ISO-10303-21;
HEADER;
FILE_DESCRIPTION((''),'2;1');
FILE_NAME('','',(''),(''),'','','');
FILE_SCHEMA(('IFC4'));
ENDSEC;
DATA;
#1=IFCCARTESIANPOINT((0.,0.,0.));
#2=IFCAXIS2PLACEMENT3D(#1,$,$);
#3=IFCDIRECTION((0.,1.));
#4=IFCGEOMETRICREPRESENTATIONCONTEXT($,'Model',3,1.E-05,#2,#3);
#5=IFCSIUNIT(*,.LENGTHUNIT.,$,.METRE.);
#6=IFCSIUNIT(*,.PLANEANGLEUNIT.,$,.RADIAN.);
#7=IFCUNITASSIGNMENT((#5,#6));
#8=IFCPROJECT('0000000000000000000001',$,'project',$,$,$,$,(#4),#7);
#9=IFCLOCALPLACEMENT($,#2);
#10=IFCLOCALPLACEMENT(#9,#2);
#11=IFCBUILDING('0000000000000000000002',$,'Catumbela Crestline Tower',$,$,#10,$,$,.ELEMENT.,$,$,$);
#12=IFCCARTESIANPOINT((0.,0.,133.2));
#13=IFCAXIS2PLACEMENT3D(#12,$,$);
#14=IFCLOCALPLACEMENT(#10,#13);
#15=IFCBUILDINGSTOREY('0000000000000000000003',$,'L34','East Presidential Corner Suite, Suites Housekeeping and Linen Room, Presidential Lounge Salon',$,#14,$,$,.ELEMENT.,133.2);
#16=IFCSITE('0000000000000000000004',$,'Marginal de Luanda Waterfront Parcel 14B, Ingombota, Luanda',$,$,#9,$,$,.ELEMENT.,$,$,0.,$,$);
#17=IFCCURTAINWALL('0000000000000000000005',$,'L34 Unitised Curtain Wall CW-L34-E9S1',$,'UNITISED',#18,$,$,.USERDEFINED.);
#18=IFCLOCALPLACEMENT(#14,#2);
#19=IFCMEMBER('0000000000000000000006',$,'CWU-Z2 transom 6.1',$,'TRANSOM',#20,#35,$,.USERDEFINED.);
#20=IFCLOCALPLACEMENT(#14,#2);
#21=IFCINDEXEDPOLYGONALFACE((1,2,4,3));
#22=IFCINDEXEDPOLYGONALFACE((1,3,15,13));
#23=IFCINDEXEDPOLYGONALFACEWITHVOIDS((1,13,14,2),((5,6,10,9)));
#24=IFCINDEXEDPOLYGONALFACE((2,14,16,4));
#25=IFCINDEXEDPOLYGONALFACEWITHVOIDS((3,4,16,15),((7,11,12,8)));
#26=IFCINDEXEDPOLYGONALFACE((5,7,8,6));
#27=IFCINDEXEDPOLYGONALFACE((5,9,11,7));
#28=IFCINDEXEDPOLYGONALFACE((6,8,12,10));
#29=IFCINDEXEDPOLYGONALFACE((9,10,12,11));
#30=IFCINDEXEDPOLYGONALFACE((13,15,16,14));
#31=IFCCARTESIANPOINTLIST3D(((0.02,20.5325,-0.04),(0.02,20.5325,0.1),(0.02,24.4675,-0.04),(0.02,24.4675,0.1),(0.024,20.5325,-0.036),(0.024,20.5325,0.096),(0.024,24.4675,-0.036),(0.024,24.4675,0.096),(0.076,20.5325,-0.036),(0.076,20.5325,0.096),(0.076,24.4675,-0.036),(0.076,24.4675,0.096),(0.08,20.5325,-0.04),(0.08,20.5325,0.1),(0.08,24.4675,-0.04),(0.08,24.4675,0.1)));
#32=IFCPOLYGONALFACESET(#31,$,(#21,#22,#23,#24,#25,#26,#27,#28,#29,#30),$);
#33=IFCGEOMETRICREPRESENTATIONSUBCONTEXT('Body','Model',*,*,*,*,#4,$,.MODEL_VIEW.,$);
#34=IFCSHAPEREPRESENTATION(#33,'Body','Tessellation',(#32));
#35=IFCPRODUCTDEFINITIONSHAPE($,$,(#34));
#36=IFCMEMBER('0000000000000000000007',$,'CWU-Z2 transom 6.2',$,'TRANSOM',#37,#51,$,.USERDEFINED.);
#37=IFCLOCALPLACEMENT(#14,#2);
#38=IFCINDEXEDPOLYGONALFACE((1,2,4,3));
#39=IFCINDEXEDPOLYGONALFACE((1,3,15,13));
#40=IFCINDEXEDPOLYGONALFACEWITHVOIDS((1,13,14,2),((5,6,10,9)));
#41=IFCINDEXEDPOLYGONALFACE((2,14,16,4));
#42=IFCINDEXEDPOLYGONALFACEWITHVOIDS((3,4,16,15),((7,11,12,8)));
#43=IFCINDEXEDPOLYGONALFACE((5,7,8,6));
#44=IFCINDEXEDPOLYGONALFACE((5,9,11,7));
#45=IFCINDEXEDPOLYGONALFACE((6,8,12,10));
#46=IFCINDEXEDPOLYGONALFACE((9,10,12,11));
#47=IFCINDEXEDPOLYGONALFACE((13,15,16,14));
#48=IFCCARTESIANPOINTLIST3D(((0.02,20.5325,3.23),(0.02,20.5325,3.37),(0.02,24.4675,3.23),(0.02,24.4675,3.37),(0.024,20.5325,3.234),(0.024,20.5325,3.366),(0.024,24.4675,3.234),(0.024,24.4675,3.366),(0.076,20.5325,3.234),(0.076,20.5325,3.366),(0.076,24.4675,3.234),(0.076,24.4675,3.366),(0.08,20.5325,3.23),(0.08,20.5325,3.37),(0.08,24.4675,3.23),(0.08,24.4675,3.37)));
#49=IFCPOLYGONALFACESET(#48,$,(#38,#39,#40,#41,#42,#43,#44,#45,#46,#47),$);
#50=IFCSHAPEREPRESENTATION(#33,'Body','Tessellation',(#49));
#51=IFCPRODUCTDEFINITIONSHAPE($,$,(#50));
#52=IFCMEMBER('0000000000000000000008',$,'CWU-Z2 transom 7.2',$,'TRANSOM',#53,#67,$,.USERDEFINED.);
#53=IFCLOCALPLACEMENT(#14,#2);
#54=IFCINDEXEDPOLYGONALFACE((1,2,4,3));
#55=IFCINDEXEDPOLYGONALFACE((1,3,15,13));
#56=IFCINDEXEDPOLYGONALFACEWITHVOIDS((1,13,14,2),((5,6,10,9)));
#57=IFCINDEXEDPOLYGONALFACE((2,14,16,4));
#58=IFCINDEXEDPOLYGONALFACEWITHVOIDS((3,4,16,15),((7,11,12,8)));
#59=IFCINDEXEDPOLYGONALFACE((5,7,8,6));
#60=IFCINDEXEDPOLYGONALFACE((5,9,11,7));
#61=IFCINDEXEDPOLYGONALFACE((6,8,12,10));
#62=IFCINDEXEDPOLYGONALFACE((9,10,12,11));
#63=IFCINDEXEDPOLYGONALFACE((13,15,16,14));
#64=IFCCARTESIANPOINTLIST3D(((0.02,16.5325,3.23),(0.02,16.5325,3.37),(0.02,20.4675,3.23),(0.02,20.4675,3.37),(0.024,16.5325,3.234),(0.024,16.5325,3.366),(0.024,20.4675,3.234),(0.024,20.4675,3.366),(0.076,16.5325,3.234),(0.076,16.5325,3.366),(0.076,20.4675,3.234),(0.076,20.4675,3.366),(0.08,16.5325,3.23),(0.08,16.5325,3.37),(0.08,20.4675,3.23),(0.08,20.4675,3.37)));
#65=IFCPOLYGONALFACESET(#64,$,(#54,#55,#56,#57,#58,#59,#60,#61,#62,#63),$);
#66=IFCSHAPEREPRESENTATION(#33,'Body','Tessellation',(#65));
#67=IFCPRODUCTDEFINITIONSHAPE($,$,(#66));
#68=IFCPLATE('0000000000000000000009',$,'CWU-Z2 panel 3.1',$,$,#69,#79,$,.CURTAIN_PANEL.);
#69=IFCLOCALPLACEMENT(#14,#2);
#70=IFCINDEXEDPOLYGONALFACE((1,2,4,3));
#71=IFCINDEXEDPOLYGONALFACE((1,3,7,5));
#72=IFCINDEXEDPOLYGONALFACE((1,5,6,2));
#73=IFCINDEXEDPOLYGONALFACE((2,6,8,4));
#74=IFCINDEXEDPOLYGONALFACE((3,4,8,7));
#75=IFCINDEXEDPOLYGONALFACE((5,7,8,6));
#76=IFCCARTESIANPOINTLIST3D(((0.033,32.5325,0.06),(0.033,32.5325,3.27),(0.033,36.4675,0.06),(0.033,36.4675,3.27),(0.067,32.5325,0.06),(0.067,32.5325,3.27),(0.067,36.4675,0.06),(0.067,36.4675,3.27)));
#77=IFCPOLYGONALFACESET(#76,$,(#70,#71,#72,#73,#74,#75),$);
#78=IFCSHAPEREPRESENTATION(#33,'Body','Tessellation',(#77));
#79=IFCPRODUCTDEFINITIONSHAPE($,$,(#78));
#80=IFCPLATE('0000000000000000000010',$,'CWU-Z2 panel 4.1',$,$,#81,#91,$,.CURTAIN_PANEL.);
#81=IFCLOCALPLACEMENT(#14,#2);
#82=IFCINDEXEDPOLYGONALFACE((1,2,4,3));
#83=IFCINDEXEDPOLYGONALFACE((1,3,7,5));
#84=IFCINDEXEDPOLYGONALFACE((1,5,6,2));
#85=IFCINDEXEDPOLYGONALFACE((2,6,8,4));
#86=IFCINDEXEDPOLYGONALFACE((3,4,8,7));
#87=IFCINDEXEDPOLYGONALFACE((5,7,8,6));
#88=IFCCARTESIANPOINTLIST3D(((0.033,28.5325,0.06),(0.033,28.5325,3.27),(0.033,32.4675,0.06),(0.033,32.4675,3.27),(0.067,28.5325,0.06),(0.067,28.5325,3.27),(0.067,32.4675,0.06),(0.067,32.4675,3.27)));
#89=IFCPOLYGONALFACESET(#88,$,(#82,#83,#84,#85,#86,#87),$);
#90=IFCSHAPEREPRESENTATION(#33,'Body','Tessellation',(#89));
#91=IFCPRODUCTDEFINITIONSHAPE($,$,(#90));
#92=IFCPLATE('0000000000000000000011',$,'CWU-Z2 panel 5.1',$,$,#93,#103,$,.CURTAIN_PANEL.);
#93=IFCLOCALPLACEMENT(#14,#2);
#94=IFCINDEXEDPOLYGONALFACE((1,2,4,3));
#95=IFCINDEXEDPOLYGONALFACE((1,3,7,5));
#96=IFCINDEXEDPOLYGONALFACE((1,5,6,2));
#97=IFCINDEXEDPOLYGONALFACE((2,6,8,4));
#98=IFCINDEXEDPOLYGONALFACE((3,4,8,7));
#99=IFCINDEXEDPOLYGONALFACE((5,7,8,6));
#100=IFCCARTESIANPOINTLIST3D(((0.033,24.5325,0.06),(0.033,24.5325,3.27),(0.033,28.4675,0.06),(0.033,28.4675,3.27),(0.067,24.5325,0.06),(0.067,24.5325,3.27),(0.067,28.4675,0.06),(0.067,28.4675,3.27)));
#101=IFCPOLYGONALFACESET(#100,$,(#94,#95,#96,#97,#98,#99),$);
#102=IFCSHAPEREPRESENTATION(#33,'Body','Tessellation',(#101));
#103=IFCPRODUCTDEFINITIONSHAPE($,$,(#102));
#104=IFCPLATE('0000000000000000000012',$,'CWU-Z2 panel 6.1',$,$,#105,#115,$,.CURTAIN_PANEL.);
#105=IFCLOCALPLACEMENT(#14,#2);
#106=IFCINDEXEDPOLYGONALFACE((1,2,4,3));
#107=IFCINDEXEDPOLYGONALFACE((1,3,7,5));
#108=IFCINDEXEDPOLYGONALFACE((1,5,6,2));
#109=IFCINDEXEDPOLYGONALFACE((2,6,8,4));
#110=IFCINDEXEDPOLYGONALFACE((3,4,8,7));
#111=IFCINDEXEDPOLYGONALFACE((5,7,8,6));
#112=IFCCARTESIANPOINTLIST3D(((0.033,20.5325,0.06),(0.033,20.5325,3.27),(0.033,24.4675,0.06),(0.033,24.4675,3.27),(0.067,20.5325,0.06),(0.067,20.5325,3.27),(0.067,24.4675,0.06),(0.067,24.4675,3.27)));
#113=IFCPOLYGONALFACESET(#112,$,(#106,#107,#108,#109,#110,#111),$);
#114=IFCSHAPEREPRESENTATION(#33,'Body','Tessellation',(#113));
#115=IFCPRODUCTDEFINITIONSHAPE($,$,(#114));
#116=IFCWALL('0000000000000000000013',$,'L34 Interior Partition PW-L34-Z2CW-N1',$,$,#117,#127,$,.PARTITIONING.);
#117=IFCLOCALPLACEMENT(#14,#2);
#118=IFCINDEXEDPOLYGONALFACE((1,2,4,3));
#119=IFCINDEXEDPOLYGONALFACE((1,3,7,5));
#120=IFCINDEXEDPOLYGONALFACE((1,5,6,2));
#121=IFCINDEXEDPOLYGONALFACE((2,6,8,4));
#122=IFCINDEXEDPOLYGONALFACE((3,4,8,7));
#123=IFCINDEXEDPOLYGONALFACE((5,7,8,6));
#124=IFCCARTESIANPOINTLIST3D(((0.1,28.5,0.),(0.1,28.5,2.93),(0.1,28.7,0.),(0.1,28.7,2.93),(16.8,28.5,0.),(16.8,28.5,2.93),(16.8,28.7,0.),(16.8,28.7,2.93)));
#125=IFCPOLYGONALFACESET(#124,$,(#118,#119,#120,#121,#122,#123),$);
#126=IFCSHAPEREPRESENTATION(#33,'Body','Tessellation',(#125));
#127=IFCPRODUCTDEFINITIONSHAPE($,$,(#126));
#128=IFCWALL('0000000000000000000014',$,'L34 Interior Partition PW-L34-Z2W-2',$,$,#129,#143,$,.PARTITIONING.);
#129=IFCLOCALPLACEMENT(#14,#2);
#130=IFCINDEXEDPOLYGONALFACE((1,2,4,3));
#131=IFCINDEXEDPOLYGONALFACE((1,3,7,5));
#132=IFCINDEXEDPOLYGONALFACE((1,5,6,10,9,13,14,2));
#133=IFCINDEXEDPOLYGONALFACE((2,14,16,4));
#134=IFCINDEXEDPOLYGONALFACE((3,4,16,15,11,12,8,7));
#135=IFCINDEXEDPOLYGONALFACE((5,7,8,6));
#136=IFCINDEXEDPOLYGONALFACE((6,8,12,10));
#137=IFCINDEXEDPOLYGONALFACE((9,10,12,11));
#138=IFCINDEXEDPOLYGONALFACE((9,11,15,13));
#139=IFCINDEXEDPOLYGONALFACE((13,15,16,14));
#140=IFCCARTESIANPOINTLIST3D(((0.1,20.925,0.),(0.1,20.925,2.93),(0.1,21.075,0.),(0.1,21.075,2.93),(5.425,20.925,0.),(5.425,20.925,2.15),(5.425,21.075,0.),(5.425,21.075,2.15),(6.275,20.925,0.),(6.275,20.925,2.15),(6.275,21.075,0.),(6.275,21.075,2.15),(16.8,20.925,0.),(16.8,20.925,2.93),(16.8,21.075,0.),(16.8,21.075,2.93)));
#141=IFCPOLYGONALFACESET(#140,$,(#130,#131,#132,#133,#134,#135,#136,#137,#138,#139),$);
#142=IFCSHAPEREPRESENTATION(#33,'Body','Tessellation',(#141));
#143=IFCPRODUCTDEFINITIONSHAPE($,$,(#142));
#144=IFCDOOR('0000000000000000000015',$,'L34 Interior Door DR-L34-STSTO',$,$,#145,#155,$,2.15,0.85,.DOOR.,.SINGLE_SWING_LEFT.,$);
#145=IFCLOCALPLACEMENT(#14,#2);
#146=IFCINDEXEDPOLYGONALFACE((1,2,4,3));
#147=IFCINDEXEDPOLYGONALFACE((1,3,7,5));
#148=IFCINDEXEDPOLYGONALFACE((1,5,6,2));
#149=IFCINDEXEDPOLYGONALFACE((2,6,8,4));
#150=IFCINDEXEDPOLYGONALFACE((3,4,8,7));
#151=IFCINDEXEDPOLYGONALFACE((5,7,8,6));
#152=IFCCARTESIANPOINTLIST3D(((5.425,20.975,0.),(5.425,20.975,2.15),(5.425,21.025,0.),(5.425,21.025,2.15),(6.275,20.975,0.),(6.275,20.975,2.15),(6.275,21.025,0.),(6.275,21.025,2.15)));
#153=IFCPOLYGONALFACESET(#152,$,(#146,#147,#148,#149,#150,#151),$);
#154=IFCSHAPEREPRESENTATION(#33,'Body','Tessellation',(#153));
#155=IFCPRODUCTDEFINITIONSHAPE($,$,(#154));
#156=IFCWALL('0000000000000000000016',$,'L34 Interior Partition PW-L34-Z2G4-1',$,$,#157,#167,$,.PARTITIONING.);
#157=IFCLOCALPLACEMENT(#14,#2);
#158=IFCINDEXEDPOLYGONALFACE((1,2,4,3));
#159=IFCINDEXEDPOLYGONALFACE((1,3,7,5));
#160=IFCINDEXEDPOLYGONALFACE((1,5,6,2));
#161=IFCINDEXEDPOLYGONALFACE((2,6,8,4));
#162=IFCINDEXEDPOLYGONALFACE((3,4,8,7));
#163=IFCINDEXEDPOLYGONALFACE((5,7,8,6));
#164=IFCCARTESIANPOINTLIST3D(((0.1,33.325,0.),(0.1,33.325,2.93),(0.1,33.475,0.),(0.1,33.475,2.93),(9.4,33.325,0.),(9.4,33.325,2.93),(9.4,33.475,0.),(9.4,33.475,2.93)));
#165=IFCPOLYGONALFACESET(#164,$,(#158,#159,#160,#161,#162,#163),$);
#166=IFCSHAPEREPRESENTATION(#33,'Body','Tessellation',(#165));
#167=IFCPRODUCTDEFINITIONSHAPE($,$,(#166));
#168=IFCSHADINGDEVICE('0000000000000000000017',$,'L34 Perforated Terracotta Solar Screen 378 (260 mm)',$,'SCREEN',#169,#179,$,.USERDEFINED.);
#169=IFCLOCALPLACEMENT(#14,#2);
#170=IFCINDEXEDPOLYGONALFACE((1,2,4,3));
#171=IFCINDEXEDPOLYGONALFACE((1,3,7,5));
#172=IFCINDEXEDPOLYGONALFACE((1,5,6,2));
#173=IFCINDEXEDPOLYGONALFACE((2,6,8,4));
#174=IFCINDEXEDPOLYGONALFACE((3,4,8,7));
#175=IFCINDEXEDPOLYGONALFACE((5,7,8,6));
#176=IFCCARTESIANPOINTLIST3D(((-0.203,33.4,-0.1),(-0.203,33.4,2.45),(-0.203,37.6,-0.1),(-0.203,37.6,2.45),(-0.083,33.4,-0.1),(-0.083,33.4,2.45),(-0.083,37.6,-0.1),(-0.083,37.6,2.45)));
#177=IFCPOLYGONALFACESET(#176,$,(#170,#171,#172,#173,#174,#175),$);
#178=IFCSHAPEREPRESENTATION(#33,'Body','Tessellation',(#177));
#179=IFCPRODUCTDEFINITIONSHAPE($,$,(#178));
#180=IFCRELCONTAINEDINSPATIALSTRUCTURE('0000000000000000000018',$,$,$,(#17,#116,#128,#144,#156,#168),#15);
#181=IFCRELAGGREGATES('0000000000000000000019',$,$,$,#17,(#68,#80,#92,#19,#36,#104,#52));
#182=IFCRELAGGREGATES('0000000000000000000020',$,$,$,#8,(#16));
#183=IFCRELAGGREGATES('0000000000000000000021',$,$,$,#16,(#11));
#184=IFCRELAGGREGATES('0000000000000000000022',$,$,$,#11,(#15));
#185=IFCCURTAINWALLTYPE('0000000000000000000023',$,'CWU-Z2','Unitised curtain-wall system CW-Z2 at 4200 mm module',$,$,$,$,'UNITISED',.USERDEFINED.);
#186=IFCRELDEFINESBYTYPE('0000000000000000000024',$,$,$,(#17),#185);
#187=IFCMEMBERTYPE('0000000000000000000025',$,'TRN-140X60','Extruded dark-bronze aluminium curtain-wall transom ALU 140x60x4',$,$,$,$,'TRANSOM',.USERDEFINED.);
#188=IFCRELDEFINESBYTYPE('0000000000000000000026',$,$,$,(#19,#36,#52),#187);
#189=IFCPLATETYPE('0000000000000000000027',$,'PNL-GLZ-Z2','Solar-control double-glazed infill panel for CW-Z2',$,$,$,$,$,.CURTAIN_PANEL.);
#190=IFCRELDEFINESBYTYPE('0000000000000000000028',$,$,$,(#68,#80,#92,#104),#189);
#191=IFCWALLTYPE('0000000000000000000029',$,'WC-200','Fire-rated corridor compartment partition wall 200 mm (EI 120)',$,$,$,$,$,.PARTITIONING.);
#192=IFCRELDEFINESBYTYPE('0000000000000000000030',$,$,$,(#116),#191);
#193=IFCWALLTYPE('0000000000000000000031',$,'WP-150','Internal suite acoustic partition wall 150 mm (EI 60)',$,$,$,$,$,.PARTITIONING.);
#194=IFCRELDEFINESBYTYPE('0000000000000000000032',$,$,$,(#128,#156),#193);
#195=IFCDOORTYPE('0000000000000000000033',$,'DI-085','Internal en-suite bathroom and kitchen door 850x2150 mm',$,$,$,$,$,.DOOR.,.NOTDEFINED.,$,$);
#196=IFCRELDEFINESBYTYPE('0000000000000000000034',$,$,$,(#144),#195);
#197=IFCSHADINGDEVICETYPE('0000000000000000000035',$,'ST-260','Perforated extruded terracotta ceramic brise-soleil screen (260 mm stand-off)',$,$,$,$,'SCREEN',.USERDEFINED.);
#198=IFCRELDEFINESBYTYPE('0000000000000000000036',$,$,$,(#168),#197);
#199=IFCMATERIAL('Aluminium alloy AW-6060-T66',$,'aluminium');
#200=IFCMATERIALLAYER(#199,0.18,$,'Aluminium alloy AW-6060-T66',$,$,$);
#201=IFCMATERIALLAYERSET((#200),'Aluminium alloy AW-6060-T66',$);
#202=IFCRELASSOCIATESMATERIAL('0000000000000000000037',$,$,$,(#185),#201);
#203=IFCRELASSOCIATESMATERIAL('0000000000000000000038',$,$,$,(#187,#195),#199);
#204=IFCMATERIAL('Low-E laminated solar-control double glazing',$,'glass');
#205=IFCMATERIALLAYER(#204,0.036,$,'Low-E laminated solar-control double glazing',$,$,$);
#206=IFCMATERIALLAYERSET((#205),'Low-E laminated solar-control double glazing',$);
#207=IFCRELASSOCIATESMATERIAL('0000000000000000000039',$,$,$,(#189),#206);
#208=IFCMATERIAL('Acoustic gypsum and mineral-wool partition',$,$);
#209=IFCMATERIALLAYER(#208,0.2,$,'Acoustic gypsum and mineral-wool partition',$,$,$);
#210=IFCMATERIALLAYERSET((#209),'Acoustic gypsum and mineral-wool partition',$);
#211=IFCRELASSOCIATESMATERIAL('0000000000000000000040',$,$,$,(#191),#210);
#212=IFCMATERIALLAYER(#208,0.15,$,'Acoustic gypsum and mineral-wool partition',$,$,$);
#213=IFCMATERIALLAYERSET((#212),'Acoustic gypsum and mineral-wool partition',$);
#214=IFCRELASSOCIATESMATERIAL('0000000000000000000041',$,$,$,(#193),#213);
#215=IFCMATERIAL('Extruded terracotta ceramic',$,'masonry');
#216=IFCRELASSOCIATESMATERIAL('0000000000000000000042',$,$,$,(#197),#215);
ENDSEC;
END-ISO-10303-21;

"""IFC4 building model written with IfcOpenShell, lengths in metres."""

from ifc_helpers import new_model, si_unit, direction, frame, frame_2d, origin, origin_2d, place, context, subcontext, project, spatial, rectangle, hollow_rectangle, extrude, material, layer, layer_set, material_profile, profile_set, type_object, element, fill, aggregate, save


model = new_model("IFC4")

# Units and contexts
model_context = context("Model", 3, precision=1e-05, world=origin(), true_north=direction((0.0, 1.0)))
body_context = subcontext(model_context, "Body", "Model", "MODEL_VIEW")
ifc_project = project(units=[si_unit("LENGTHUNIT", "METRE"), si_unit("PLANEANGLEUNIT", "RADIAN")], contexts=[model_context])

# Site, building, storey
site_placement = place(None, origin())
site = spatial("IfcSite", under=ifc_project, at=site_placement, Name="Marginal de Luanda Waterfront Parcel 14B, Ingombota, Luanda", CompositionType="ELEMENT", RefElevation=0.0)
building_placement = place(site_placement, origin())
building = spatial("IfcBuilding", under=site, at=building_placement, Name="Catumbela Crestline Tower", CompositionType="ELEMENT")
storey_placement = place(building_placement, frame((0.0, 0.0, 133.2)))
storey = spatial("IfcBuildingStorey", under=building, at=storey_placement, Name="L34", Description="East Presidential Corner Suite, Suites Housekeeping and Linen Room, Presidential Lounge Salon", CompositionType="ELEMENT", Elevation=133.2)

# Curtain wall
ifc_material_1 = material(Name="Aluminium alloy AW-6060-T66", Category="aluminium")
ifc_layer_1 = layer(ifc_material_1, 0.18, Name="Aluminium alloy AW-6060-T66")
ifc_layer_set_1 = layer_set([ifc_layer_1], Name="Aluminium alloy AW-6060-T66")
curtain_wall_type = type_object("IfcCurtainWallType", Name="CWU-Z2", Description="Unitised curtain-wall system CW-Z2 at 4200 mm module", ElementType="UNITISED", PredefinedType="USERDEFINED", material=ifc_layer_set_1)
curtain_wall_placement = place(storey_placement, origin())
curtain_wall = element("IfcCurtainWall", 1, at=curtain_wall_placement, inside=storey, type_object=curtain_wall_type, Name="L34 Unitised Curtain Wall CW-L34-E9S1", ObjectType="UNITISED", PredefinedType="USERDEFINED")

# Members
ifc_material_profile_1 = material_profile(ifc_material_1, hollow_rectangle(XDim=0.06, YDim=0.14, WallThickness=0.004, at=origin_2d()), Name="ALU 140x60x4")
ifc_profile_set_1 = profile_set([ifc_material_profile_1], Name="Aluminium alloy AW-6060-T66")
member_type_1 = type_object("IfcMemberType", Name="TRN-140X60", Description="Extruded dark-bronze aluminium curtain-wall transom ALU 140x60x4", ElementType="TRANSOM", PredefinedType="USERDEFINED", material=ifc_profile_set_1)
member_1_placement = place(storey_placement, frame((0.05, 24.4675, 0.03), z_axis=(0.0, -1.0, 0.0), x_axis=(1.0, 0.0, 0.0)))
member_1 = element("IfcMember", 2, at=member_1_placement, type_object=member_type_1, Name="CWU-Z2 transom 6.1", ObjectType="TRANSOM", PredefinedType="USERDEFINED", context=body_context, shape_type="SweptSolid", body=[
    extrude(hollow_rectangle(XDim=0.06, YDim=0.14, WallThickness=0.004, at=origin_2d()), origin(), (0.0, 0.0, 1.0), 3.935),
])
member_2_placement = place(storey_placement, frame((0.05, 24.4675, 3.3), z_axis=(0.0, -1.0, 0.0), x_axis=(1.0, 0.0, 0.0)))
member_2 = element("IfcMember", 3, at=member_2_placement, type_object=member_type_1, Name="CWU-Z2 transom 6.2", ObjectType="TRANSOM", PredefinedType="USERDEFINED", context=body_context, shape_type="SweptSolid", body=[
    extrude(hollow_rectangle(XDim=0.06, YDim=0.14, WallThickness=0.004, at=origin_2d()), origin(), (0.0, 0.0, 1.0), 3.935),
])
member_3_placement = place(storey_placement, frame((0.05, 20.4675, 3.3), z_axis=(0.0, -1.0, 0.0), x_axis=(1.0, 0.0, 0.0)))
member_3 = element("IfcMember", 4, at=member_3_placement, type_object=member_type_1, Name="CWU-Z2 transom 7.2", ObjectType="TRANSOM", PredefinedType="USERDEFINED", context=body_context, shape_type="SweptSolid", body=[
    extrude(hollow_rectangle(XDim=0.06, YDim=0.14, WallThickness=0.004, at=origin_2d()), origin(), (0.0, 0.0, 1.0), 3.935),
])

# Plates
ifc_material_2 = material(Name="Low-E laminated solar-control double glazing", Category="glass")
ifc_layer_2 = layer(ifc_material_2, 0.036, Name="Low-E laminated solar-control double glazing")
ifc_layer_set_2 = layer_set([ifc_layer_2], Name="Low-E laminated solar-control double glazing")
plate_type = type_object("IfcPlateType", Name="PNL-GLZ-Z2", Description="Solar-control double-glazed infill panel for CW-Z2", PredefinedType="CURTAIN_PANEL", material=ifc_layer_set_2)
plate_1_placement = place(storey_placement, frame((0.05, 34.5, 0.06), z_axis=(0.0, 0.0, 1.0), x_axis=(0.0, -1.0, 0.0)))
plate_1 = element("IfcPlate", 5, at=plate_1_placement, type_object=plate_type, Name="CWU-Z2 panel 3.1", PredefinedType="CURTAIN_PANEL", context=body_context, shape_type="SweptSolid", body=[
    extrude(rectangle(XDim=3.935, YDim=0.034, at=origin_2d()), origin(), (0.0, 0.0, 1.0), 3.21),
])
plate_2_placement = place(storey_placement, frame((0.05, 30.5, 0.06), z_axis=(0.0, 0.0, 1.0), x_axis=(0.0, -1.0, 0.0)))
plate_2 = element("IfcPlate", 6, at=plate_2_placement, type_object=plate_type, Name="CWU-Z2 panel 4.1", PredefinedType="CURTAIN_PANEL", context=body_context, shape_type="SweptSolid", body=[
    extrude(rectangle(XDim=3.935, YDim=0.034, at=origin_2d()), origin(), (0.0, 0.0, 1.0), 3.21),
])
plate_3_placement = place(storey_placement, frame((0.05, 26.5, 0.06), z_axis=(0.0, 0.0, 1.0), x_axis=(0.0, -1.0, 0.0)))
plate_3 = element("IfcPlate", 7, at=plate_3_placement, type_object=plate_type, Name="CWU-Z2 panel 5.1", PredefinedType="CURTAIN_PANEL", context=body_context, shape_type="SweptSolid", body=[
    extrude(rectangle(XDim=3.935, YDim=0.034, at=origin_2d()), origin(), (0.0, 0.0, 1.0), 3.21),
])
plate_4_placement = place(storey_placement, frame((0.05, 22.5, 0.06), z_axis=(0.0, 0.0, 1.0), x_axis=(0.0, -1.0, 0.0)))
plate_4 = element("IfcPlate", 8, at=plate_4_placement, type_object=plate_type, Name="CWU-Z2 panel 6.1", PredefinedType="CURTAIN_PANEL", context=body_context, shape_type="SweptSolid", body=[
    extrude(rectangle(XDim=3.935, YDim=0.034, at=origin_2d()), origin(), (0.0, 0.0, 1.0), 3.21),
])
aggregate(curtain_wall, [plate_1, plate_2, plate_3, member_1, member_2, plate_4, member_3])

# Wall
ifc_material_3 = material(Name="Acoustic gypsum and mineral-wool partition")
ifc_layer_3 = layer(ifc_material_3, 0.2, Name="Acoustic gypsum and mineral-wool partition")
ifc_layer_set_3 = layer_set([ifc_layer_3], Name="Acoustic gypsum and mineral-wool partition")
wall_type_1 = type_object("IfcWallType", Name="WC-200", Description="Fire-rated corridor compartment partition wall 200 mm (EI 120)", PredefinedType="PARTITIONING", material=ifc_layer_set_3)
wall_1_placement = place(storey_placement, frame((0.1, 28.6, 0.0), z_axis=(0.0, 0.0, 1.0), x_axis=(1.0, 0.0, 0.0)))
element("IfcWall", 9, at=wall_1_placement, inside=storey, type_object=wall_type_1, Name="L34 Interior Partition PW-L34-Z2CW-N1", PredefinedType="PARTITIONING", context=body_context, shape_type="SweptSolid", body=[
    extrude(rectangle(XDim=16.7, YDim=0.2, at=frame_2d((8.35, 0.0))), origin(), (0.0, 0.0, 1.0), 2.93),
])

# Wall, opening, door
ifc_layer_4 = layer(ifc_material_3, 0.15, Name="Acoustic gypsum and mineral-wool partition")
ifc_layer_set_4 = layer_set([ifc_layer_4], Name="Acoustic gypsum and mineral-wool partition")
wall_type_2 = type_object("IfcWallType", Name="WP-150", Description="Internal suite acoustic partition wall 150 mm (EI 60)", PredefinedType="PARTITIONING", material=ifc_layer_set_4)
wall_2_placement = place(storey_placement, frame((0.1, 21.0, 0.0), z_axis=(0.0, 0.0, 1.0), x_axis=(1.0, 0.0, 0.0)))
wall_2 = element("IfcWall", 10, at=wall_2_placement, inside=storey, type_object=wall_type_2, Name="L34 Interior Partition PW-L34-Z2W-2", PredefinedType="PARTITIONING", context=body_context, shape_type="SweptSolid", body=[
    extrude(rectangle(XDim=16.7, YDim=0.15, at=frame_2d((8.35, 0.0))), origin(), (0.0, 0.0, 1.0), 2.93),
])
opening_placement = place(wall_2_placement, frame((5.325, 0.0, 0.0)))
opening = element("IfcOpeningElement", 11, at=opening_placement, cuts=wall_2, PredefinedType="OPENING", context=body_context, shape_type="SweptSolid", body=[
    extrude(rectangle(XDim=0.85, YDim=2.15, at=frame_2d((0.425, 1.075))), frame((0.0, 0.085, 0.0), z_axis=(0.0, -1.0, 0.0), x_axis=(1.0, 0.0, 0.0)), (0.0, 0.0, 1.0), 0.17),
])
door_type = type_object("IfcDoorType", Name="DI-085", Description="Internal en-suite bathroom and kitchen door 850x2150 mm", OperationType="NOTDEFINED", PredefinedType="DOOR", material=ifc_material_1)
door_placement = place(opening_placement, origin())
door = element("IfcDoor", 12, at=door_placement, inside=storey, type_object=door_type, Name="L34 Interior Door DR-L34-STSTO", OperationType="SINGLE_SWING_LEFT", OverallHeight=2.15, OverallWidth=0.85, PredefinedType="DOOR", context=body_context, shape_type="SweptSolid", body=[
    extrude(rectangle(XDim=0.85, YDim=2.15, at=frame_2d((0.425, 1.075))), frame((0.0, 0.025, 0.0), z_axis=(0.0, -1.0, 0.0), x_axis=(1.0, 0.0, 0.0)), (0.0, 0.0, 1.0), 0.05),
])
fill(opening, door)

# Wall
wall_3_placement = place(storey_placement, frame((0.1, 33.4, 0.0), z_axis=(0.0, 0.0, 1.0), x_axis=(1.0, 0.0, 0.0)))
element("IfcWall", 13, at=wall_3_placement, inside=storey, type_object=wall_type_2, Name="L34 Interior Partition PW-L34-Z2G4-1", PredefinedType="PARTITIONING", context=body_context, shape_type="SweptSolid", body=[
    extrude(rectangle(XDim=9.3, YDim=0.15, at=frame_2d((4.65, 0.0))), origin(), (0.0, 0.0, 1.0), 2.93),
])

# Shading device
ifc_material_4 = material(Name="Extruded terracotta ceramic", Category="masonry")
shading_device_type = type_object("IfcShadingDeviceType", Name="ST-260", Description="Perforated extruded terracotta ceramic brise-soleil screen (260 mm stand-off)", ElementType="SCREEN", PredefinedType="USERDEFINED", material=ifc_material_4)
shading_device_placement = place(storey_placement, frame((-0.143, 35.5, -0.1), z_axis=(0.0, 0.0, 1.0), x_axis=(0.0, -1.0, 0.0)))
element("IfcShadingDevice", 14, at=shading_device_placement, inside=storey, type_object=shading_device_type, Name="L34 Perforated Terracotta Solar Screen 378 (260 mm)", ObjectType="SCREEN", PredefinedType="USERDEFINED", context=body_context, shape_type="SweptSolid", body=[
    extrude(rectangle(XDim=4.2, YDim=0.12, at=origin_2d()), origin(), (0.0, 0.0, 1.0), 2.55),
])

save(model, "model.ifc")
